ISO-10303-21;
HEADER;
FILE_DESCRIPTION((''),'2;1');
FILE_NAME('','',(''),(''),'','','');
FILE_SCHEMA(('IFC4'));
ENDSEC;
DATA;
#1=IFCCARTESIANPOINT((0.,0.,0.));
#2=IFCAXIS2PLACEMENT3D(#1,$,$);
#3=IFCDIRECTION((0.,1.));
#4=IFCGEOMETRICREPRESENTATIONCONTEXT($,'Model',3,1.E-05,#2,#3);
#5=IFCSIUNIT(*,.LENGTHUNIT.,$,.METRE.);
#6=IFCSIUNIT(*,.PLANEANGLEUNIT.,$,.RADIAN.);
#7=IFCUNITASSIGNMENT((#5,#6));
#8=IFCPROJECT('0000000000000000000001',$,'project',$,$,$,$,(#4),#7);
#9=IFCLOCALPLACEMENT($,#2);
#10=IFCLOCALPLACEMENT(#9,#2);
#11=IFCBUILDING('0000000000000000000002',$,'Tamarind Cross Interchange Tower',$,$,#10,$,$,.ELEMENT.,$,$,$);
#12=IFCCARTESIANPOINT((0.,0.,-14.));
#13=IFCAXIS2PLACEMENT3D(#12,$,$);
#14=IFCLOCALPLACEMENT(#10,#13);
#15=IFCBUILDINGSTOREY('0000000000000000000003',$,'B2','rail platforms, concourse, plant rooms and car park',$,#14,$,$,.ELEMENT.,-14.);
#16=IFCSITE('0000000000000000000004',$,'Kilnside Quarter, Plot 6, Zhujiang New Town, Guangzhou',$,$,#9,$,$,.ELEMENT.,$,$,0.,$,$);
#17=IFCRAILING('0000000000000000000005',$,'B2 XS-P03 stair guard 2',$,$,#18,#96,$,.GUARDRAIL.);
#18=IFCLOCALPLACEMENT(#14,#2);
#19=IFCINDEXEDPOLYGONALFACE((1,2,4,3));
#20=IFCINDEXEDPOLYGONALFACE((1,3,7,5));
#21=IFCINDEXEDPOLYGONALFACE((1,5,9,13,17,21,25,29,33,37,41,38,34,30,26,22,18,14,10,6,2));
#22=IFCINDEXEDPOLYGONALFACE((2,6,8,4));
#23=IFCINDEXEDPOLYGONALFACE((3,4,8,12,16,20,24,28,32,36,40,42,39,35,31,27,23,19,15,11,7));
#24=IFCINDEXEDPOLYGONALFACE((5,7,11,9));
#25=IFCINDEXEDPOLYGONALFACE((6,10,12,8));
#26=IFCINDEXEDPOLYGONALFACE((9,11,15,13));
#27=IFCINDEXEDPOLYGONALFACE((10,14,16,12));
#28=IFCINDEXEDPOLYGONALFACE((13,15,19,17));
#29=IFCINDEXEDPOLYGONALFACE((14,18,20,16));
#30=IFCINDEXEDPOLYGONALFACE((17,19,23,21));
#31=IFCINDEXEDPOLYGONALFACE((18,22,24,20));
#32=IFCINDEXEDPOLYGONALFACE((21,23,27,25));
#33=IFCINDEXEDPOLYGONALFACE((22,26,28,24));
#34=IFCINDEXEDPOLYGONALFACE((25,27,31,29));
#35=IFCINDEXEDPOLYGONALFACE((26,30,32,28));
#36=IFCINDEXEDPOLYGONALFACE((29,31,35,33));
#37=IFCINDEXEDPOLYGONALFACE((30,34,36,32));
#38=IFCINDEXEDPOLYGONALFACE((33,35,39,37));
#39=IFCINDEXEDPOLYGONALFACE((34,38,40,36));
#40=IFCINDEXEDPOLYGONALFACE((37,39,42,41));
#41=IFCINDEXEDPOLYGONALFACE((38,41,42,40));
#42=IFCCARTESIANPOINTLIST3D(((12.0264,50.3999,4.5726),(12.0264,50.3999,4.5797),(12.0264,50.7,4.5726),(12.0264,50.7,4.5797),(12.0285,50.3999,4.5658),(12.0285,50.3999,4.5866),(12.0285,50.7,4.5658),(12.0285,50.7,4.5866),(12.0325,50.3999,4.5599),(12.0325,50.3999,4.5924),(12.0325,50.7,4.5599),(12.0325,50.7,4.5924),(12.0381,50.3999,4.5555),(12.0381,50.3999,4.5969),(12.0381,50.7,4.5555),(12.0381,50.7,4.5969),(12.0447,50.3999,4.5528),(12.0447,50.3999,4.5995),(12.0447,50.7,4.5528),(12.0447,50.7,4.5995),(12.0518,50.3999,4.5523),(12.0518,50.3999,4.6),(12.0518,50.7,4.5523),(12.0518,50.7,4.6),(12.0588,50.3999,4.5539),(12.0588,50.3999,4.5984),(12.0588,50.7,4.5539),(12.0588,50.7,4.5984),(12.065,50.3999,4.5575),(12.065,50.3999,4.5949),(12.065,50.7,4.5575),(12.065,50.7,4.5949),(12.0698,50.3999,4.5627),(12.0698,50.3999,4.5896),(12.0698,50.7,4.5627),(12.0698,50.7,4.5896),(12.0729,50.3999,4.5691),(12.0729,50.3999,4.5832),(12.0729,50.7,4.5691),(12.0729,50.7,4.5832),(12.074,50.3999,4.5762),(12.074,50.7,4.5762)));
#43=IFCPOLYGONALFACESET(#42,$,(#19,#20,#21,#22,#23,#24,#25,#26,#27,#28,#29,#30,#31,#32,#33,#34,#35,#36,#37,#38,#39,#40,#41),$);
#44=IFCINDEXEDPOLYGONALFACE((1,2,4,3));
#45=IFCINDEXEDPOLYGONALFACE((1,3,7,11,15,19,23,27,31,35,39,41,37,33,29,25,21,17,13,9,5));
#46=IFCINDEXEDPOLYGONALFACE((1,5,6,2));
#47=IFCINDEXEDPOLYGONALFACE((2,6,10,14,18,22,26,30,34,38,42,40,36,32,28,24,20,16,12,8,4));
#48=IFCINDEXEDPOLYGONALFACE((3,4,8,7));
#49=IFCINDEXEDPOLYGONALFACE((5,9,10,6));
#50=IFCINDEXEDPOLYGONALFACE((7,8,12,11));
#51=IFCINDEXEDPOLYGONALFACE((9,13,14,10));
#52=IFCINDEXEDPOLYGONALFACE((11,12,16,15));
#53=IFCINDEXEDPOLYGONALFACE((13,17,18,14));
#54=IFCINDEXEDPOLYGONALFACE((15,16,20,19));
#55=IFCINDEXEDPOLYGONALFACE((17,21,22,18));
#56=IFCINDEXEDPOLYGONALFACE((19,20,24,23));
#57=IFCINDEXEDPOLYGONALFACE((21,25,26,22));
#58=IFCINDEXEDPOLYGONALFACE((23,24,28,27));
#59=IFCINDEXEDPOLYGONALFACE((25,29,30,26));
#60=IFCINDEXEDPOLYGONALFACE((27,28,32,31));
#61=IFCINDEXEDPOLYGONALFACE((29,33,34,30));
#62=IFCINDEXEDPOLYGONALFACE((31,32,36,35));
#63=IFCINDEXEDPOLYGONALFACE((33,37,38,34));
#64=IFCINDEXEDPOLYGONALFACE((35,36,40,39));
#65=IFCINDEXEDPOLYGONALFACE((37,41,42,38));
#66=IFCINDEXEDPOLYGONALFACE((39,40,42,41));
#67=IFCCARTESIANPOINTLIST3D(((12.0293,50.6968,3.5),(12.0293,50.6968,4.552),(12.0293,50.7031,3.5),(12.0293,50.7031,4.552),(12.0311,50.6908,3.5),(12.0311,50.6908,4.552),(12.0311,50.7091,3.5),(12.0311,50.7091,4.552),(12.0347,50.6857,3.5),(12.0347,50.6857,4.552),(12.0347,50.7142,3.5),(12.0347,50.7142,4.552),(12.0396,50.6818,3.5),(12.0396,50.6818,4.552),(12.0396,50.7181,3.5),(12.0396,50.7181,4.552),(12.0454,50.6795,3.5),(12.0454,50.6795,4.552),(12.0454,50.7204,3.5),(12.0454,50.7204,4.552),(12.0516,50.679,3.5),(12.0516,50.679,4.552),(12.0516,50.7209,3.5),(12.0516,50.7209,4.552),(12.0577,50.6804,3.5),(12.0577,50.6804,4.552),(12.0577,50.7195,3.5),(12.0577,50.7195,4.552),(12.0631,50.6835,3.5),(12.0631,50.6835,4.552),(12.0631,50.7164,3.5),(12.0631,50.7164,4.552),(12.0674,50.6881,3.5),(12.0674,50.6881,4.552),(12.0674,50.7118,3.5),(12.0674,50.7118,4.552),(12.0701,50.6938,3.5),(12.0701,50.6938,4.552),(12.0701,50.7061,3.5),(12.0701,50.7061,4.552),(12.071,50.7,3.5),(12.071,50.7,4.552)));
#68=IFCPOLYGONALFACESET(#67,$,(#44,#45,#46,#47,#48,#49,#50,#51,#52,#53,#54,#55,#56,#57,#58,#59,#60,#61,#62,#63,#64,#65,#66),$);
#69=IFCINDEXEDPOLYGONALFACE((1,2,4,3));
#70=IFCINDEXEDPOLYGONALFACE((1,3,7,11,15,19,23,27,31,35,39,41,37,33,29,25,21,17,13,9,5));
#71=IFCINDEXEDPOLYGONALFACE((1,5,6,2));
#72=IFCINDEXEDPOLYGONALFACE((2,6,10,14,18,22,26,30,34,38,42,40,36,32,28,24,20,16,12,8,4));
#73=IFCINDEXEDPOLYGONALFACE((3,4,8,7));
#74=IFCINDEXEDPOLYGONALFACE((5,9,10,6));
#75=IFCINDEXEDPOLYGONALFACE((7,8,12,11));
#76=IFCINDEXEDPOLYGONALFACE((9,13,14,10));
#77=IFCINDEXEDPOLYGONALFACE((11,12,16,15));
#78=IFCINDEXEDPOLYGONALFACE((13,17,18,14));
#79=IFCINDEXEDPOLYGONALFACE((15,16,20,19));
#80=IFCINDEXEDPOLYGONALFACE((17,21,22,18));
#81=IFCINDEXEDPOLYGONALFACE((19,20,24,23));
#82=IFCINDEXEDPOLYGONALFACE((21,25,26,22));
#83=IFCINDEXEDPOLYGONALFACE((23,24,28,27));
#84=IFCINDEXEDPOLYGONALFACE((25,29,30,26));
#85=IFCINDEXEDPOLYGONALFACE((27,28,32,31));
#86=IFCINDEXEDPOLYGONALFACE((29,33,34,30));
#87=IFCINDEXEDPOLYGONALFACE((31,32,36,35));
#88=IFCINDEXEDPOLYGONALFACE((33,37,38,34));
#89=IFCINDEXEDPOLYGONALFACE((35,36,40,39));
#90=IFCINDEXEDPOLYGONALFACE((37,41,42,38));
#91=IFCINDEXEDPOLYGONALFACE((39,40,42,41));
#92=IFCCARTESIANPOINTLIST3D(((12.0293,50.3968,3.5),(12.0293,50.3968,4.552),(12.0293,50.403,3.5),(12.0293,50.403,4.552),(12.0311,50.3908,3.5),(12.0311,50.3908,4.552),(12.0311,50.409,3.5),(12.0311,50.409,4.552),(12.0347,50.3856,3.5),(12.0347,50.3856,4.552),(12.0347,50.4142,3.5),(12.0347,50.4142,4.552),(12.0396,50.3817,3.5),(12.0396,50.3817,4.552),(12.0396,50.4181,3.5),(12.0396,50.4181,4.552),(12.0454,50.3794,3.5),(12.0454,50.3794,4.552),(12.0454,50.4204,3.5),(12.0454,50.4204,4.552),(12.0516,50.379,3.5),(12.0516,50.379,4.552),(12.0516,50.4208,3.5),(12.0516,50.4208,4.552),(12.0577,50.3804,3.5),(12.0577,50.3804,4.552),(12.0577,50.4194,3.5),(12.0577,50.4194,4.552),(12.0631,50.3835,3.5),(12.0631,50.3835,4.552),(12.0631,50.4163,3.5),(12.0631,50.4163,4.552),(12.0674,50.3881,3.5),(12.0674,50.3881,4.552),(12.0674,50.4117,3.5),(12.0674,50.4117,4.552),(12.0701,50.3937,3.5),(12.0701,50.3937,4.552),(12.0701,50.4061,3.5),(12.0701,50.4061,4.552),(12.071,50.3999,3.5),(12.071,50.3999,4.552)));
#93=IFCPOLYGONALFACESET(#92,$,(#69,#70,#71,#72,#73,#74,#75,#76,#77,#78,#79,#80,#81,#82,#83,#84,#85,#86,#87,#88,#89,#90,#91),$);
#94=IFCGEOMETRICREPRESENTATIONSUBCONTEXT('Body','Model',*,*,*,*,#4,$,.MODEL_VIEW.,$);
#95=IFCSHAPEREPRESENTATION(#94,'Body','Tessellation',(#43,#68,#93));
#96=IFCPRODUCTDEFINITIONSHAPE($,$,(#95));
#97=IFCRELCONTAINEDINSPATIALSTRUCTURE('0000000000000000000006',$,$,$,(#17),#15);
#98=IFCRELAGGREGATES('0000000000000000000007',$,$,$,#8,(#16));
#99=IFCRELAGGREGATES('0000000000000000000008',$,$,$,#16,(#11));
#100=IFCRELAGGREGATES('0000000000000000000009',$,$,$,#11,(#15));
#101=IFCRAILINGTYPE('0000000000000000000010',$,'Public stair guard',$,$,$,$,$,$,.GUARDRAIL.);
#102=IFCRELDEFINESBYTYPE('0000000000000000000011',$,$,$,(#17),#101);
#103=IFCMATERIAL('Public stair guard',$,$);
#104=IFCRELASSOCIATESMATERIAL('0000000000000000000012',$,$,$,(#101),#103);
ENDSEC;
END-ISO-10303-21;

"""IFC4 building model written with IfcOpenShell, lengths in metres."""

from ifc_helpers import new_model, si_unit, direction, frame, origin, origin_2d, place, context, subcontext, project, spatial, circle, extrude, material, type_object, element, save


model = new_model("IFC4")

# Units and contexts
model_context = context("Model", 3, precision=1e-05, world=origin(), true_north=direction((0.0, 1.0)))
body_context = subcontext(model_context, "Body", "Model", "MODEL_VIEW")
ifc_project = project(units=[si_unit("LENGTHUNIT", "METRE"), si_unit("PLANEANGLEUNIT", "RADIAN")], contexts=[model_context])

# Site, building, storey
site_placement = place(None, origin())
site = spatial("IfcSite", under=ifc_project, at=site_placement, Name="Kilnside Quarter, Plot 6, Zhujiang New Town, Guangzhou", CompositionType="ELEMENT", RefElevation=0.0)
building_placement = place(site_placement, origin())
building = spatial("IfcBuilding", under=site, at=building_placement, Name="Tamarind Cross Interchange Tower", CompositionType="ELEMENT")
storey_placement = place(building_placement, frame((0.0, 0.0, -14.0)))
storey = spatial("IfcBuildingStorey", under=building, at=storey_placement, Name="B2", Description="rail platforms, concourse, plant rooms and car park", CompositionType="ELEMENT", Elevation=-14.0)

# Railing
ifc_material_1 = material(Name="Public stair guard")
railing_type_1 = type_object("IfcRailingType", Name="Public stair guard", PredefinedType="GUARDRAIL", material=ifc_material_1)
railing_1_placement = place(storey_placement, frame((12.05, 50.7, 3.5)))
element("IfcRailing", 1, at=railing_1_placement, inside=storey, type_object=railing_type_1, Name="B2 XS-P03 stair guard 2", PredefinedType="GUARDRAIL", context=body_context, shape_type="SweptSolid", body=[
    extrude(circle(Radius=0.0239, at=origin_2d()), frame((0.0, 0.0, 1.0762), z_axis=(0.0, -1.0, 0.0), x_axis=(1.0, 0.0, 0.0)), (0.0, 0.0, 1.0), 0.3),
    extrude(circle(Radius=0.021, at=origin_2d()), origin(), (0.0, 0.0, 1.0), 1.052),
    extrude(circle(Radius=0.021, at=origin_2d()), frame((0.0, -0.3, 0.0)), (0.0, 0.0, 1.0), 1.052),
])

save(model, "model.ifc")
